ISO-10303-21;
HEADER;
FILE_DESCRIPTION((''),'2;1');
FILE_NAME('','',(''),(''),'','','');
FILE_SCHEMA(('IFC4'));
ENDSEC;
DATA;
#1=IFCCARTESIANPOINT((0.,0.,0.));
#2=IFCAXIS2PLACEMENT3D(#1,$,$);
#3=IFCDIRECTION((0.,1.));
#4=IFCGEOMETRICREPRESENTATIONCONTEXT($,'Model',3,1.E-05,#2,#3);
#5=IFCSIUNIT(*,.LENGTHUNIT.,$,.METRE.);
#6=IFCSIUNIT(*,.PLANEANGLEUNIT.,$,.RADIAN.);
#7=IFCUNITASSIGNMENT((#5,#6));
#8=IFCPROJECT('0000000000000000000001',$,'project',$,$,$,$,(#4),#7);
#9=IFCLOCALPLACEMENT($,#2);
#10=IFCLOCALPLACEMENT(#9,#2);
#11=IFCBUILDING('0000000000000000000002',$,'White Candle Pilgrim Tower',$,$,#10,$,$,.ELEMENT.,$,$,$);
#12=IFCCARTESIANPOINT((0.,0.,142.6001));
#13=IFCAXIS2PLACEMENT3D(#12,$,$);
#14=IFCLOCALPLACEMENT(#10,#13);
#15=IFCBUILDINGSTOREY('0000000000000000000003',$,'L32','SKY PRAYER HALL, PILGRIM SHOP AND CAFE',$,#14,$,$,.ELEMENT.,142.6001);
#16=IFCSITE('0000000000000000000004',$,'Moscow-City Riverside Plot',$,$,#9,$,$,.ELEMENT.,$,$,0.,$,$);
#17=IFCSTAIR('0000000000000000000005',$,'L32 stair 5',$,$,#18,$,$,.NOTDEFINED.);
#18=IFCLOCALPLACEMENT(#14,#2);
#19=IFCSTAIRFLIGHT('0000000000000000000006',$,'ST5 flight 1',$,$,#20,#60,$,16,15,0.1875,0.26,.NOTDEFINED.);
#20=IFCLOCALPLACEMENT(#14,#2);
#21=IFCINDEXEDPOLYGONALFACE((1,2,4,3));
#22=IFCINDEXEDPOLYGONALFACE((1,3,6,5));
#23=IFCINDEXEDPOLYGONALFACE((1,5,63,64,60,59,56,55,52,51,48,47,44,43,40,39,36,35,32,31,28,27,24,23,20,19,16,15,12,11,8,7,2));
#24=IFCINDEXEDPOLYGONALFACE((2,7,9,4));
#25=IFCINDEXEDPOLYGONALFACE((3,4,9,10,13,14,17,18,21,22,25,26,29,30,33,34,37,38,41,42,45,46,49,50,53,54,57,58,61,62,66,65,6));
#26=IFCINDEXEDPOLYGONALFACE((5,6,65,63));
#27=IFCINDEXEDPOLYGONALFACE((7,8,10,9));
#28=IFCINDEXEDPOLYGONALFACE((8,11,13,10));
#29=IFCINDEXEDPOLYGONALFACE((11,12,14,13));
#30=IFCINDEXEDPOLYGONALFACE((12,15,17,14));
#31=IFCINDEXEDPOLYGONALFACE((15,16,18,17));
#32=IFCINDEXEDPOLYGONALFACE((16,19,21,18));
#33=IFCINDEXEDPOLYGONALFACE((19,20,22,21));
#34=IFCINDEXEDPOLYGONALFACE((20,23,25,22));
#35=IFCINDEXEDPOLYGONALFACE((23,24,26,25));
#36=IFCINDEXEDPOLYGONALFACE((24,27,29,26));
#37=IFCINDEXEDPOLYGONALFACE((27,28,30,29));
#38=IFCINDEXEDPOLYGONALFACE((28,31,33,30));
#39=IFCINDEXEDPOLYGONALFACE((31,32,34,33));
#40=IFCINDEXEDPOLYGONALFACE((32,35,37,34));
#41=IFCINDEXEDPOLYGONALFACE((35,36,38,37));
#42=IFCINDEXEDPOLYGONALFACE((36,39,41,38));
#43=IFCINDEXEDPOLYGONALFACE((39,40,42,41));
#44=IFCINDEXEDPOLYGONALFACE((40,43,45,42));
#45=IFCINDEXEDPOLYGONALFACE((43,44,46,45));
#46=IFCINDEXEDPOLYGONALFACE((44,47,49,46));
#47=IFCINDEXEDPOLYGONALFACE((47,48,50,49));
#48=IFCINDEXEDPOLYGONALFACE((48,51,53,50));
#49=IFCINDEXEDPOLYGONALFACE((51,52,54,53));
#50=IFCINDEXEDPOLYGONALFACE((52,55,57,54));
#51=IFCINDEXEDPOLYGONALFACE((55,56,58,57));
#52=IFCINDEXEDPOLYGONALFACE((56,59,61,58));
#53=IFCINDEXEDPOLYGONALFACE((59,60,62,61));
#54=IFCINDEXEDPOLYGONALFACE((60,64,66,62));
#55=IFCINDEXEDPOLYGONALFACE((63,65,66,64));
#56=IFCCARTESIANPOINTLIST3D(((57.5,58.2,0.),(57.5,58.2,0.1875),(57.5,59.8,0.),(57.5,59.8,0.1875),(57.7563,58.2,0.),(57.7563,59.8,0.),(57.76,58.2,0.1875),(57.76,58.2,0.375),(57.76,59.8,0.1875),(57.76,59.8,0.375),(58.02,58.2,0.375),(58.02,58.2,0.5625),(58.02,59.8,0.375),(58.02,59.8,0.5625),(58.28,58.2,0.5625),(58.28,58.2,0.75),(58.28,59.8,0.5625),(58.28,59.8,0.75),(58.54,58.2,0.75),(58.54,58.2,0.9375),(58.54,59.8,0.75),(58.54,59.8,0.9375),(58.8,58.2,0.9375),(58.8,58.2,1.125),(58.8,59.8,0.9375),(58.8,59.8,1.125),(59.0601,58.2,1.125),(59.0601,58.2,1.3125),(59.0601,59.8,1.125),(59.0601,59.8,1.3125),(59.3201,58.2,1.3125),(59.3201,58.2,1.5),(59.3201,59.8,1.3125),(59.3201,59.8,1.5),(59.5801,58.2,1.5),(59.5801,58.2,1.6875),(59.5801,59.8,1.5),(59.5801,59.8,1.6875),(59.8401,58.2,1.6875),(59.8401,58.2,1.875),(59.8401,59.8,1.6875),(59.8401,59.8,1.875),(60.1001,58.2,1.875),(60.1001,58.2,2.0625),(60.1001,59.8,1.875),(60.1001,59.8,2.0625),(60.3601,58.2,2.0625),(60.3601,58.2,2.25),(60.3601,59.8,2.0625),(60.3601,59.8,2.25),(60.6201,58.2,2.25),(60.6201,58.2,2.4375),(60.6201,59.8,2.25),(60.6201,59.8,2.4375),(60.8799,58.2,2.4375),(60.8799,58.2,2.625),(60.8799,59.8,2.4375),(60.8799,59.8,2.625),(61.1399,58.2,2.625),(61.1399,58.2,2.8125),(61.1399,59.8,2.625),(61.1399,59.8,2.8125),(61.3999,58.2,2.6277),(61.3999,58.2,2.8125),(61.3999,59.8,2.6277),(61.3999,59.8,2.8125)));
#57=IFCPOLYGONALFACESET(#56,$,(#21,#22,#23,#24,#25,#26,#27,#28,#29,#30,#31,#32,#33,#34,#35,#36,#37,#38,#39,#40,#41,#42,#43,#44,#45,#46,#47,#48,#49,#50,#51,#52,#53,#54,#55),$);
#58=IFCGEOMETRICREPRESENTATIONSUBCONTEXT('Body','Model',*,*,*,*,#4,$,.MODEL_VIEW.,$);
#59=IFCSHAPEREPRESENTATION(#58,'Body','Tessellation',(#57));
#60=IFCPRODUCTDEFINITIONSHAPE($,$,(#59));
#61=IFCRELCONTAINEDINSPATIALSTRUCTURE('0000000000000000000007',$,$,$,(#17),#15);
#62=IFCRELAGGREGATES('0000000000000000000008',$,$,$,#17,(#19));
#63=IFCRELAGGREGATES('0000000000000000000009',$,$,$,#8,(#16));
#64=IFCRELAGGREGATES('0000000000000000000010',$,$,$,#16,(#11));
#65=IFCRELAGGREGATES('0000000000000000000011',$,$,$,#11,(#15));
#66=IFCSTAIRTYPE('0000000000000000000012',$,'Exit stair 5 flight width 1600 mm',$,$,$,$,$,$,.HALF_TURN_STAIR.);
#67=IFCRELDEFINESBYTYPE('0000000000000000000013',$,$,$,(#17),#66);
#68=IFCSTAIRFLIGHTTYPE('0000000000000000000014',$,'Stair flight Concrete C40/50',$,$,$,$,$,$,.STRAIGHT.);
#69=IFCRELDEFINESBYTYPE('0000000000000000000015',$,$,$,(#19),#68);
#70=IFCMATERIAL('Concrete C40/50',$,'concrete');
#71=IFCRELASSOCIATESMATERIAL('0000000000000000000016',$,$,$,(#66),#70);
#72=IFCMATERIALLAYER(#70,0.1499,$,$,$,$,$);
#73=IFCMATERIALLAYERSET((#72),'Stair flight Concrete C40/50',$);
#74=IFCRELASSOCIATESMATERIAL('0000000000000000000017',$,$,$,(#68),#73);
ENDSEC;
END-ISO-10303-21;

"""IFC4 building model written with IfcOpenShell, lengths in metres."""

from ifc_helpers import new_model, si_unit, direction, frame, origin, place, context, subcontext, project, spatial, polyline, outline, extrude, material, layer, layer_set, type_object, element, aggregate, save


model = new_model("IFC4")

# Units and contexts
model_context = context("Model", 3, precision=1e-05, world=origin(), true_north=direction((0.0, 1.0)))
body_context = subcontext(model_context, "Body", "Model", "MODEL_VIEW")
ifc_project = project(units=[si_unit("LENGTHUNIT", "METRE"), si_unit("PLANEANGLEUNIT", "RADIAN")], contexts=[model_context])

# Site, building, storey
site_placement = place(None, origin())
site = spatial("IfcSite", under=ifc_project, at=site_placement, Name="Moscow-City Riverside Plot", CompositionType="ELEMENT", RefElevation=0.0)
building_placement = place(site_placement, origin())
building = spatial("IfcBuilding", under=site, at=building_placement, Name="White Candle Pilgrim Tower", CompositionType="ELEMENT")
storey_placement = place(building_placement, frame((0.0, 0.0, 142.6001)))
storey = spatial("IfcBuildingStorey", under=building, at=storey_placement, Name="L32", Description="SKY PRAYER HALL, PILGRIM SHOP AND CAFE", CompositionType="ELEMENT", Elevation=142.6001)

# Stair, stair flight
ifc_material_1 = material(Name="Concrete C40/50", Category="concrete")
stair_type = type_object("IfcStairType", Name="Exit stair 5 flight width 1600 mm", PredefinedType="HALF_TURN_STAIR", material=ifc_material_1)
stair_placement = place(storey_placement, origin())
stair = element("IfcStair", 1, at=stair_placement, inside=storey, type_object=stair_type, Name="L32 stair 5", PredefinedType="NOTDEFINED")
ifc_layer_1 = layer(ifc_material_1, 0.1499)
ifc_layer_set_1 = layer_set([ifc_layer_1], Name="Stair flight Concrete C40/50")
stair_flight_type = type_object("IfcStairFlightType", Name="Stair flight Concrete C40/50", PredefinedType="STRAIGHT", material=ifc_layer_set_1)
stair_flight_placement = place(storey_placement, frame((57.5, 59.0, 0.0), z_axis=(0.0, 0.0, 1.0), x_axis=(1.0, 0.0, 0.0)))
stair_flight = element("IfcStairFlight", 2, at=stair_flight_placement, type_object=stair_flight_type, Name="ST5 flight 1", NumberOfRisers=16, NumberOfTreads=15, PredefinedType="NOTDEFINED", RiserHeight=0.1875, TreadLength=0.26, context=body_context, shape_type="SweptSolid", body=[
    extrude(outline(polyline([(0.0, 0.0), (0.0, 0.1875), (0.26, 0.1875), (0.26, 0.375), (0.52, 0.375), (0.52, 0.5625), (0.78, 0.5625), (0.78, 0.75), (1.04, 0.75), (1.04, 0.9375), (1.3, 0.9375), (1.3, 1.125), (1.5601, 1.125), (1.5601, 1.3125), (1.8201, 1.3125), (1.8201, 1.5), (2.0801, 1.5), (2.0801, 1.6875), (2.3401, 1.6875), (2.3401, 1.875), (2.6001, 1.875), (2.6001, 2.0625), (2.8601, 2.0625), (2.8601, 2.25), (3.1201, 2.25), (3.1201, 2.4375), (3.3799, 2.4375), (3.3799, 2.625), (3.6399, 2.625), (3.6399, 2.8125), (3.8999, 2.8125), (3.8999, 3.0), (3.8999, 2.6277), (0.2563, 0.0), (0.0, 0.0)])), frame((0.0, 0.8, 0.0), z_axis=(0.0, -1.0, 0.0), x_axis=(1.0, 0.0, 0.0)), (0.0, 0.0, 1.0), 1.6001),
])
aggregate(stair, [stair_flight])

save(model, "model.ifc")
